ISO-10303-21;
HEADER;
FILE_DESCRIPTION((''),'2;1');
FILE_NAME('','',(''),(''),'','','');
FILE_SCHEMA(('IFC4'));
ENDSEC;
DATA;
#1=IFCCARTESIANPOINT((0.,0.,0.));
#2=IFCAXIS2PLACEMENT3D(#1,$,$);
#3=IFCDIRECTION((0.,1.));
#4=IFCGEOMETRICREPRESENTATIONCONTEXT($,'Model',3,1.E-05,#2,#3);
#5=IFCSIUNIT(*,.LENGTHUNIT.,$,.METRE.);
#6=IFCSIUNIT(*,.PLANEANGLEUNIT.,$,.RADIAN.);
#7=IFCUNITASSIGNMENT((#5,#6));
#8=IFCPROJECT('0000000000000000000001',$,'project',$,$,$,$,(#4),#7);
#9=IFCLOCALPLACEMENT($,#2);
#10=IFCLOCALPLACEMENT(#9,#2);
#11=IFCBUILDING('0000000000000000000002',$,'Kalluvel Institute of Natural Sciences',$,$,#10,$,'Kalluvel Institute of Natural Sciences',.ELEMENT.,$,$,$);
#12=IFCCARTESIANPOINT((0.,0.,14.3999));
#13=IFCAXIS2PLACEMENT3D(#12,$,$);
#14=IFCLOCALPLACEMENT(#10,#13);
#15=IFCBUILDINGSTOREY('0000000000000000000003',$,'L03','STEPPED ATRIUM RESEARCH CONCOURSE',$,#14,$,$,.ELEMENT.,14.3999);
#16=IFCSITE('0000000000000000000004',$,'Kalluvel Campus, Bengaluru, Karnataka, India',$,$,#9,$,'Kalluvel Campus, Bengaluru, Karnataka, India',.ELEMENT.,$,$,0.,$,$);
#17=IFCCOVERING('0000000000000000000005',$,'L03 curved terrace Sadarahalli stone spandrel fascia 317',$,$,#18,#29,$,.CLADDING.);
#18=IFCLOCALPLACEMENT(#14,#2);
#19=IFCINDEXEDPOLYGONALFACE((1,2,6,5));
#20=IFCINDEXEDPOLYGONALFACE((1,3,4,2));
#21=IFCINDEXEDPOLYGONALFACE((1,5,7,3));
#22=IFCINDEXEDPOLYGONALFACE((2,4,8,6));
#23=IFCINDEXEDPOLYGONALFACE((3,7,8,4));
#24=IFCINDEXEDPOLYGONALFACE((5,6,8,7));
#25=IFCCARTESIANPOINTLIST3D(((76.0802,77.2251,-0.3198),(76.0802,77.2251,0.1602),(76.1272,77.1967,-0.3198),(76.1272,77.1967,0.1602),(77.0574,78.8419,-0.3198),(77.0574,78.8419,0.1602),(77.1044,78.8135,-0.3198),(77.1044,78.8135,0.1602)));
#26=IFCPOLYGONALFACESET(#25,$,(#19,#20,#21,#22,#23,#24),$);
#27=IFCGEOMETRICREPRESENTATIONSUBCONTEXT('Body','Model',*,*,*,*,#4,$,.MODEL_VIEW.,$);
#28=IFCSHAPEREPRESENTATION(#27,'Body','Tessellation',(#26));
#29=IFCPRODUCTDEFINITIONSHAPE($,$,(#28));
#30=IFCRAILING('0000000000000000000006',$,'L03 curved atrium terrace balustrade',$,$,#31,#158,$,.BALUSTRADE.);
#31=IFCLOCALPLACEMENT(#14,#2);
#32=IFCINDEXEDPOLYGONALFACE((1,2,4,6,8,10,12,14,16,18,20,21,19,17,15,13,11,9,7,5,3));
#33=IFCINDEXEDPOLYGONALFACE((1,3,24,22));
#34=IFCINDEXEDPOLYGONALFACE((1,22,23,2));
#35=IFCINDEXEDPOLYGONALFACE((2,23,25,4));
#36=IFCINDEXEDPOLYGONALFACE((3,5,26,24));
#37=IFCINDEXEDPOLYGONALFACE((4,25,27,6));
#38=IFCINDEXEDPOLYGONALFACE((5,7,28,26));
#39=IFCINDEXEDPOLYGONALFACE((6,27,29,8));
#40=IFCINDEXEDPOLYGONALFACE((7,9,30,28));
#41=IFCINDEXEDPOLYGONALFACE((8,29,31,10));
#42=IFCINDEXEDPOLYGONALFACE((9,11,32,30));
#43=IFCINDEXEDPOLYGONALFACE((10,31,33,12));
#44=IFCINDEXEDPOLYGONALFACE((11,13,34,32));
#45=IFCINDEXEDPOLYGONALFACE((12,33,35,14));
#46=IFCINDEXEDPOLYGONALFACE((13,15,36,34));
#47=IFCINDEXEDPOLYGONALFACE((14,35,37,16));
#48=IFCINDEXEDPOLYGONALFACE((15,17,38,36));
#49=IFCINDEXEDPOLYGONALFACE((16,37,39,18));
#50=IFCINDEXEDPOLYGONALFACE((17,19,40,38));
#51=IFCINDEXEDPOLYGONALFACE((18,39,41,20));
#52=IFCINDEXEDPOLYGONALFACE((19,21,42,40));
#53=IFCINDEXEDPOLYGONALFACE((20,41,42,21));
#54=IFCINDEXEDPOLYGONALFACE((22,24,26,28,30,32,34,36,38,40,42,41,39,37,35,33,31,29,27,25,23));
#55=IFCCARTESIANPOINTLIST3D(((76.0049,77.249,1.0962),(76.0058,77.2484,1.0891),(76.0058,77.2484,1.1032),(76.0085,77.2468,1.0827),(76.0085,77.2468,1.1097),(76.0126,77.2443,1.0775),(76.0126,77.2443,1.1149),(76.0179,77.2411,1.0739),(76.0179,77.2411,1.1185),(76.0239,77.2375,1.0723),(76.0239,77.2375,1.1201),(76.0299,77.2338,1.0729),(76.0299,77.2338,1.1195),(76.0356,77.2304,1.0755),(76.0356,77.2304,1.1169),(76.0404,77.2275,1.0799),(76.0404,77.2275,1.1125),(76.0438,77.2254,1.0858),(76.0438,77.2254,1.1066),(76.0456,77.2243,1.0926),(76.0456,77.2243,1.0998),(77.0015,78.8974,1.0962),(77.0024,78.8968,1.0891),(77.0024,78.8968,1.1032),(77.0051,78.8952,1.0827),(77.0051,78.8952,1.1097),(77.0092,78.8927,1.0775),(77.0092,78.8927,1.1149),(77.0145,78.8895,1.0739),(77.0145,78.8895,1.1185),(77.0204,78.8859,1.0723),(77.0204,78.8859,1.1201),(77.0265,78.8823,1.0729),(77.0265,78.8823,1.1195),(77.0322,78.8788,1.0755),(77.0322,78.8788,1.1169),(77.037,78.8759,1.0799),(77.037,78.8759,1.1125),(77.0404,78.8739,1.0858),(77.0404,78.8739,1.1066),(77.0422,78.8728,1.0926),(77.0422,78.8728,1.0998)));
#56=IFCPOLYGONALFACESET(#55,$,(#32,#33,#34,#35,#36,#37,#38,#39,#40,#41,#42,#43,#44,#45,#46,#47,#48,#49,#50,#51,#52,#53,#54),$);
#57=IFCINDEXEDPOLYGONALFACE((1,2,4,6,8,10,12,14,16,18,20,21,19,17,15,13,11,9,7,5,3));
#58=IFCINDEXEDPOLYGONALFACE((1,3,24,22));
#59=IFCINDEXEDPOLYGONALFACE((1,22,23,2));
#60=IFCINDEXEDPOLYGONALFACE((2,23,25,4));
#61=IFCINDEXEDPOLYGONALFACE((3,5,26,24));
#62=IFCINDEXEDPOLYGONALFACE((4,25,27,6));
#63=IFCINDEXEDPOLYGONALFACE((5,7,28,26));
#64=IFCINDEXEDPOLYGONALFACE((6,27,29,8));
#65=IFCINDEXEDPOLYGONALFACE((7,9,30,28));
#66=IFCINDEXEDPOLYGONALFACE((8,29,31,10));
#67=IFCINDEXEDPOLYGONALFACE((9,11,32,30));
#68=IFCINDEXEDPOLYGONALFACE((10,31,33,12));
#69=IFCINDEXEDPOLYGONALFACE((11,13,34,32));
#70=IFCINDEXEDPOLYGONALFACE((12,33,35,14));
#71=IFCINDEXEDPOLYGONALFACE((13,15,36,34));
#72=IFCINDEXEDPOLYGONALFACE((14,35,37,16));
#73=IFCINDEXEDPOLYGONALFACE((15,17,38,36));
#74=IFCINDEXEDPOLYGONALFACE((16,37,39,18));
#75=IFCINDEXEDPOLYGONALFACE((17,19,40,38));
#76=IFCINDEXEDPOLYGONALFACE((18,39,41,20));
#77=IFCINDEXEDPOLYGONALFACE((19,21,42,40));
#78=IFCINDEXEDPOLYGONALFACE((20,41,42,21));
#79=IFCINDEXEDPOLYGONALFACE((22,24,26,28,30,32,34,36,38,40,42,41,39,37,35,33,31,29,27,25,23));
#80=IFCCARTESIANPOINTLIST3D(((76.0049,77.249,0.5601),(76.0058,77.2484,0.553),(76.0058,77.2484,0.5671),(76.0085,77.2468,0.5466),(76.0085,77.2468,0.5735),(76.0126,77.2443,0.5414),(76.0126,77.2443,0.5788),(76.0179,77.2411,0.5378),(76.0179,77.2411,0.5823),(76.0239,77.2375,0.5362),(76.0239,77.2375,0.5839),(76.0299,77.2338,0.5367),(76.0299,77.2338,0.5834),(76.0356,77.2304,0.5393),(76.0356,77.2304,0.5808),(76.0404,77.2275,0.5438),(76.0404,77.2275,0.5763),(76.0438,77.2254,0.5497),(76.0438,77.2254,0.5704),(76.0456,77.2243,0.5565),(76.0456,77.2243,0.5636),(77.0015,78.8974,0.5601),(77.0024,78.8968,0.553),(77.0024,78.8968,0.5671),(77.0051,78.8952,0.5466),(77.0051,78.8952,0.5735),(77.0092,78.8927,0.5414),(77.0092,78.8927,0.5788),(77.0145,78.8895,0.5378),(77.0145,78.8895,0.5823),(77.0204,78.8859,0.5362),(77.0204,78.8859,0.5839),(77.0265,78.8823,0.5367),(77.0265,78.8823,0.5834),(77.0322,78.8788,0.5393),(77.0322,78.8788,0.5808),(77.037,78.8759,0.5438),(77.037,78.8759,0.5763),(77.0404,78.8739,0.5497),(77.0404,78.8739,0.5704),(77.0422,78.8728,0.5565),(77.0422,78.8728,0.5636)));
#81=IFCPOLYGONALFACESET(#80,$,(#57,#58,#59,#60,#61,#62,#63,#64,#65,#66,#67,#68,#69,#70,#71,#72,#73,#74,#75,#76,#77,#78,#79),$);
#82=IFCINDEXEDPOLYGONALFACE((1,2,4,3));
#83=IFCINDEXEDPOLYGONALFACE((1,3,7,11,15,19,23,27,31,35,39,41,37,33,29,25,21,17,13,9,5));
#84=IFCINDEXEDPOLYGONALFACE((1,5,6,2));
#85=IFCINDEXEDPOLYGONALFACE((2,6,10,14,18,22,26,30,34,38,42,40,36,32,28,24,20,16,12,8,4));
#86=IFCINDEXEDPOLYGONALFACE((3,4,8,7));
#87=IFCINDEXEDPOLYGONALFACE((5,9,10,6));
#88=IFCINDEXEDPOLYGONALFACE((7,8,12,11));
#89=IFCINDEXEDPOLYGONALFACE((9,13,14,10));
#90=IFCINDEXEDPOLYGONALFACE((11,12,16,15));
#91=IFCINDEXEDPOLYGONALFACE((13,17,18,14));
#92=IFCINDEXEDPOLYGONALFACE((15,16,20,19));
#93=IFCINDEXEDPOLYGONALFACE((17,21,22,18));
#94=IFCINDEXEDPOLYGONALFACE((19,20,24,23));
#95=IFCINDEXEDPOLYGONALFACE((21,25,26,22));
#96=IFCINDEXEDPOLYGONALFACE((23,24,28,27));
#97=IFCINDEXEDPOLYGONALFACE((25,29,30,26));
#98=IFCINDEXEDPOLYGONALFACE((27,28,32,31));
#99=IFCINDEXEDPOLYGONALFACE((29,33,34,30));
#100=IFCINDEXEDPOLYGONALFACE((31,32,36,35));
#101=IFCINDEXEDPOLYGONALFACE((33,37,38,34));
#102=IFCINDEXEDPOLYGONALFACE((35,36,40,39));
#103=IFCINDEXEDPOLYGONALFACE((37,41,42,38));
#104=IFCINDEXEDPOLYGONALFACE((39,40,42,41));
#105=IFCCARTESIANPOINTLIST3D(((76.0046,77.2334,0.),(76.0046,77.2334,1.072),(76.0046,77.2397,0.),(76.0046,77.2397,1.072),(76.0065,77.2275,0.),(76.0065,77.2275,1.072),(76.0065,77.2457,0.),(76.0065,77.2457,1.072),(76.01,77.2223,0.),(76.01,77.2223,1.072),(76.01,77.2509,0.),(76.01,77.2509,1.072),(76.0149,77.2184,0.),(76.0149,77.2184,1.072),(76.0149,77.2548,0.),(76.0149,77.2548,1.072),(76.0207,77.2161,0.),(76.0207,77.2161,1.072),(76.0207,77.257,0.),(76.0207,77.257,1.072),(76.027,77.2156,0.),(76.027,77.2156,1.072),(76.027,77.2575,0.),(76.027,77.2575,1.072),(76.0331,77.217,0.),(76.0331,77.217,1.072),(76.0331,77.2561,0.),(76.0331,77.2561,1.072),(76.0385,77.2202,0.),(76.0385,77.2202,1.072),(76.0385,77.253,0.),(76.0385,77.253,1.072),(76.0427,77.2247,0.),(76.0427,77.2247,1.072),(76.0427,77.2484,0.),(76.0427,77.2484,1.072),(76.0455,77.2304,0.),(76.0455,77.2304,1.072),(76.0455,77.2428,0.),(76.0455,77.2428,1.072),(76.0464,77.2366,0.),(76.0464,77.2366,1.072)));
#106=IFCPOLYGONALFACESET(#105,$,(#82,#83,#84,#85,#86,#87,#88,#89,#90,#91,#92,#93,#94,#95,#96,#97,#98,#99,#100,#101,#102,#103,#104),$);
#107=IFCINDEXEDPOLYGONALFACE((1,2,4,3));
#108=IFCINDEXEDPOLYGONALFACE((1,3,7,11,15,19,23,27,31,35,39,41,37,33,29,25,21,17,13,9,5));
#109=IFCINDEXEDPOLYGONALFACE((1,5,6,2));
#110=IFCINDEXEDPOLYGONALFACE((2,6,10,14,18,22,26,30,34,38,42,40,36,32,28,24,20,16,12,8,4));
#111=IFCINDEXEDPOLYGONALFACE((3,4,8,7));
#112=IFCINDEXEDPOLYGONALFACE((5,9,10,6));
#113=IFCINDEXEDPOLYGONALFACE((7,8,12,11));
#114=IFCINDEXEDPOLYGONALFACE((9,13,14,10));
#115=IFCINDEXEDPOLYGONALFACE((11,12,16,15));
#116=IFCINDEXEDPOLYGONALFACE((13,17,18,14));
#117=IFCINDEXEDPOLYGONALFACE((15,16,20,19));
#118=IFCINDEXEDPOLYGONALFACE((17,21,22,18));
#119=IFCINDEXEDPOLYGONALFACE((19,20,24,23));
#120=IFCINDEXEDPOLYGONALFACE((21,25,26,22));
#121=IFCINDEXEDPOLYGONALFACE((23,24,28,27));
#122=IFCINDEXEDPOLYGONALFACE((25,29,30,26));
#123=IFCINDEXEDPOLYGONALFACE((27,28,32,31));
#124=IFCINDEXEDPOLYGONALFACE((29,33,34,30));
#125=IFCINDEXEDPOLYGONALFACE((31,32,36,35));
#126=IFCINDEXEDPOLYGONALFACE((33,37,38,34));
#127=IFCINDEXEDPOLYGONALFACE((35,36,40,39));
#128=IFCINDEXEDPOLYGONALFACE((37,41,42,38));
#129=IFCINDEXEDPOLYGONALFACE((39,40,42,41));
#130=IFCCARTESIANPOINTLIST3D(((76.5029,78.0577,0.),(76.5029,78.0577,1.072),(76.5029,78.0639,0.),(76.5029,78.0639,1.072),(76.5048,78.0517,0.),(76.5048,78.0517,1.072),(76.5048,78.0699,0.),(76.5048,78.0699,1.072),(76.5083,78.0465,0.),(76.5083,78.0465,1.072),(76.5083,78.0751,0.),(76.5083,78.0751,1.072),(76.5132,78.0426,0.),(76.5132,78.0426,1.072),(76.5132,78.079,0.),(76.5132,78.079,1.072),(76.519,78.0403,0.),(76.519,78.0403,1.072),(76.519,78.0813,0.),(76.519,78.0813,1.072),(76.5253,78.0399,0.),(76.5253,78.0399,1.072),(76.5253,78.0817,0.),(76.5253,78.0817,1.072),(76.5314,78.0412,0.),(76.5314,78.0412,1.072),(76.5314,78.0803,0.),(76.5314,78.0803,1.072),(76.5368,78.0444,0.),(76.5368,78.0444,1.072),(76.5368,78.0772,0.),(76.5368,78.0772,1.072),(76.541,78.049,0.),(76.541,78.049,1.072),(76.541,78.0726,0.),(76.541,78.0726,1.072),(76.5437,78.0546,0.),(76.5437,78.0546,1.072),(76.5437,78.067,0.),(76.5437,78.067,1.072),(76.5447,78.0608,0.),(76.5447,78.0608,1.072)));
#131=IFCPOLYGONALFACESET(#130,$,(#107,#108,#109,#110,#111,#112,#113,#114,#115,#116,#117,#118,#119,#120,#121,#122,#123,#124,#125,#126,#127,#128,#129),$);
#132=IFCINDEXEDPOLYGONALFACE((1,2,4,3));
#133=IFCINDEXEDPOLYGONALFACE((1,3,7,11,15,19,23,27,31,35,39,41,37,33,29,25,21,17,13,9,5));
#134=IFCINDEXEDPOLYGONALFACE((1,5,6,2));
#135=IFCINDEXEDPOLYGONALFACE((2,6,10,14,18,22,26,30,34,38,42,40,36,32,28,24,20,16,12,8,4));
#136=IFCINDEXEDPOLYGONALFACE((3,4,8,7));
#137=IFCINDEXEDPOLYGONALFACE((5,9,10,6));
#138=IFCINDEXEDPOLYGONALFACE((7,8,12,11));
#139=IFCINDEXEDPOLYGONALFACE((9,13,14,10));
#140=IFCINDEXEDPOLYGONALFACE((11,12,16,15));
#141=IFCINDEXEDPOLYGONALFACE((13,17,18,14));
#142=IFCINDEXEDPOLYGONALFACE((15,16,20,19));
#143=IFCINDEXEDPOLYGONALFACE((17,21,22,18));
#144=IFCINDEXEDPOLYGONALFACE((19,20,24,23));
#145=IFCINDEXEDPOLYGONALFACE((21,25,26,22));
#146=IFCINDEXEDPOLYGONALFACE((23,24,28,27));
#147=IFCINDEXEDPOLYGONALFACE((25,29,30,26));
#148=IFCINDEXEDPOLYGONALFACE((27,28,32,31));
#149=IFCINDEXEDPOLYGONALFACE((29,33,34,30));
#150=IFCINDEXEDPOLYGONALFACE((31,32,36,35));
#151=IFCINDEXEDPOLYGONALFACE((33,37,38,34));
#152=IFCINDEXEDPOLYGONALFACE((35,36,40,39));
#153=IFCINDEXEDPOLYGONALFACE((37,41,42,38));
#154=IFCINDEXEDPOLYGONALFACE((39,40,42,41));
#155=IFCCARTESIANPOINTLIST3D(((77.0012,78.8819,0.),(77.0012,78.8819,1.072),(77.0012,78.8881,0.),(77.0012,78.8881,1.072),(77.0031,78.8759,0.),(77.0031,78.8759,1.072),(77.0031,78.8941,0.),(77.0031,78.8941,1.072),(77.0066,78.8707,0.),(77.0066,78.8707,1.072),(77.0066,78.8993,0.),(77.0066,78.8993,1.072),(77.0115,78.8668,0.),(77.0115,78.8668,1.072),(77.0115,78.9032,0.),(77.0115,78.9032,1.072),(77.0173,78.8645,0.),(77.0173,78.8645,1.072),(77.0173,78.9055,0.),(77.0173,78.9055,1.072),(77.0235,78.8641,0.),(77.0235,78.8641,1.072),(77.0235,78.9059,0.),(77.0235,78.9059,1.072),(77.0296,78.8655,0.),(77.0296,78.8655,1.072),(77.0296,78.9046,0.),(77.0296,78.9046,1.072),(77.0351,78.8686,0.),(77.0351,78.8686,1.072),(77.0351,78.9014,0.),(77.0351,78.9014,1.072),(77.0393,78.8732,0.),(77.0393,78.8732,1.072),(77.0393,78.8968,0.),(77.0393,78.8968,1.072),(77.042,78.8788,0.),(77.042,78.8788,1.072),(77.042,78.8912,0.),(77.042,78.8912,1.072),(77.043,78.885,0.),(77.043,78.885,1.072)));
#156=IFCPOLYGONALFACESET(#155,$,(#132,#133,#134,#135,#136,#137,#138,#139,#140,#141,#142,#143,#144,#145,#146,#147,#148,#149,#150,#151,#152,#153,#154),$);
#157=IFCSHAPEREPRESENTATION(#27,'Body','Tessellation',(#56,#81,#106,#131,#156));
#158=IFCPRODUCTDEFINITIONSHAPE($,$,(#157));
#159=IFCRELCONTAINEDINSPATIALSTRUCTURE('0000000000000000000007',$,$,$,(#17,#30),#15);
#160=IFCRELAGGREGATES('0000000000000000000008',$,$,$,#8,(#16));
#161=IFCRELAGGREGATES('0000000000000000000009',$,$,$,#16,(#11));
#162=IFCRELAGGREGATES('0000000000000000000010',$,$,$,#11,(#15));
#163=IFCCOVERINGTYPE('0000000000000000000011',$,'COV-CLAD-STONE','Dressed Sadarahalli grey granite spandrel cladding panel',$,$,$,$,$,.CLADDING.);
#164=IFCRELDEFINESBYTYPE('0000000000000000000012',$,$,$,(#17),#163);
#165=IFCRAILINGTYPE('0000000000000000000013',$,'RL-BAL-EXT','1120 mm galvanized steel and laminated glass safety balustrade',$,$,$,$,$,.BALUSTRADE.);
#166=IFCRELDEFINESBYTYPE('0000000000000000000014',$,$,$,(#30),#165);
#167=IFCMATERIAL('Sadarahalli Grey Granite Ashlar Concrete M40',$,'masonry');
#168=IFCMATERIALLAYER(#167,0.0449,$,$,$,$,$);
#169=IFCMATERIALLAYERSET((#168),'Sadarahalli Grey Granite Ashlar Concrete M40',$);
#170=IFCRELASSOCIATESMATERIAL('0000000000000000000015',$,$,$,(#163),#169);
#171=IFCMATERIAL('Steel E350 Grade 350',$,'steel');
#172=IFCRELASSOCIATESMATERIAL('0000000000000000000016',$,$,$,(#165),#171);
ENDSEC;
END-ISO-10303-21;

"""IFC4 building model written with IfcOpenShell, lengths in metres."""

from ifc_helpers import new_model, si_unit, direction, frame, origin, origin_2d, place, context, subcontext, project, spatial, rectangle, circle, extrude, material, layer, layer_set, type_object, element, save


model = new_model("IFC4")

# Units and contexts
model_context = context("Model", 3, precision=1e-05, world=origin(), true_north=direction((0.0, 1.0)))
body_context = subcontext(model_context, "Body", "Model", "MODEL_VIEW")
ifc_project = project(units=[si_unit("LENGTHUNIT", "METRE"), si_unit("PLANEANGLEUNIT", "RADIAN")], contexts=[model_context])

# Site, building, storey
site_placement = place(None, origin())
site = spatial("IfcSite", under=ifc_project, at=site_placement, Name="Kalluvel Campus, Bengaluru, Karnataka, India", LongName="Kalluvel Campus, Bengaluru, Karnataka, India", CompositionType="ELEMENT", RefElevation=0.0)
building_placement = place(site_placement, origin())
building = spatial("IfcBuilding", under=site, at=building_placement, Name="Kalluvel Institute of Natural Sciences", LongName="Kalluvel Institute of Natural Sciences", CompositionType="ELEMENT")
storey_placement = place(building_placement, frame((0.0, 0.0, 14.3999)))
storey = spatial("IfcBuildingStorey", under=building, at=storey_placement, Name="L03", Description="STEPPED ATRIUM RESEARCH CONCOURSE", CompositionType="ELEMENT", Elevation=14.3999)

# Covering
ifc_material_1 = material(Name="Sadarahalli Grey Granite Ashlar Concrete M40", Category="masonry")
ifc_layer_1 = layer(ifc_material_1, 0.0449)
ifc_layer_set_1 = layer_set([ifc_layer_1], Name="Sadarahalli Grey Granite Ashlar Concrete M40")
covering_type = type_object("IfcCoveringType", Name="COV-CLAD-STONE", Description="Dressed Sadarahalli grey granite spandrel cladding panel", PredefinedType="CLADDING", material=ifc_layer_set_1)
covering_placement = place(storey_placement, frame((76.5923, 78.0193, -0.3198), z_axis=(0.0, 0.0, 1.0), x_axis=(0.51728, 0.855816, 0.0)))
element("IfcCovering", 1, at=covering_placement, inside=storey, type_object=covering_type, Name="L03 curved terrace Sadarahalli stone spandrel fascia 317", PredefinedType="CLADDING", context=body_context, shape_type="SweptSolid", body=[
    extrude(rectangle(XDim=1.8892, YDim=0.0549, at=origin_2d()), origin(), (0.0, 0.0, 1.0), 0.48),
])

# Railing
ifc_material_2 = material(Name="Steel E350 Grade 350", Category="steel")
railing_type = type_object("IfcRailingType", Name="RL-BAL-EXT", Description="1120 mm galvanized steel and laminated glass safety balustrade", PredefinedType="BALUSTRADE", material=ifc_material_2)
railing_1_placement = place(storey_placement, frame((76.0254, 77.2366, 0.0)))
element("IfcRailing", 2, at=railing_1_placement, inside=storey, type_object=railing_type, Name="L03 curved atrium terrace balustrade", PredefinedType="BALUSTRADE", context=body_context, shape_type="SweptSolid", body=[
    extrude(circle(Radius=0.0239, at=origin_2d()), frame((0.0, 0.0, 1.0962), z_axis=(0.517363, 0.855766, 0.0), x_axis=(-0.855766, 0.517363, 0.0)), (0.0, 0.0, 1.0), 1.9263),
    extrude(circle(Radius=0.0239, at=origin_2d()), frame((0.0, 0.0, 0.5601), z_axis=(0.517363, 0.855766, 0.0), x_axis=(-0.855766, 0.517363, 0.0)), (0.0, 0.0, 1.0), 1.9263),
    extrude(circle(Radius=0.021, at=origin_2d()), origin(), (0.0, 0.0, 1.0), 1.072),
    extrude(circle(Radius=0.021, at=origin_2d()), frame((0.4983, 0.8242, 0.0)), (0.0, 0.0, 1.0), 1.072),
    extrude(circle(Radius=0.021, at=origin_2d()), frame((0.9966, 1.6484, 0.0)), (0.0, 0.0, 1.0), 1.072),
])

save(model, "model.ifc")
